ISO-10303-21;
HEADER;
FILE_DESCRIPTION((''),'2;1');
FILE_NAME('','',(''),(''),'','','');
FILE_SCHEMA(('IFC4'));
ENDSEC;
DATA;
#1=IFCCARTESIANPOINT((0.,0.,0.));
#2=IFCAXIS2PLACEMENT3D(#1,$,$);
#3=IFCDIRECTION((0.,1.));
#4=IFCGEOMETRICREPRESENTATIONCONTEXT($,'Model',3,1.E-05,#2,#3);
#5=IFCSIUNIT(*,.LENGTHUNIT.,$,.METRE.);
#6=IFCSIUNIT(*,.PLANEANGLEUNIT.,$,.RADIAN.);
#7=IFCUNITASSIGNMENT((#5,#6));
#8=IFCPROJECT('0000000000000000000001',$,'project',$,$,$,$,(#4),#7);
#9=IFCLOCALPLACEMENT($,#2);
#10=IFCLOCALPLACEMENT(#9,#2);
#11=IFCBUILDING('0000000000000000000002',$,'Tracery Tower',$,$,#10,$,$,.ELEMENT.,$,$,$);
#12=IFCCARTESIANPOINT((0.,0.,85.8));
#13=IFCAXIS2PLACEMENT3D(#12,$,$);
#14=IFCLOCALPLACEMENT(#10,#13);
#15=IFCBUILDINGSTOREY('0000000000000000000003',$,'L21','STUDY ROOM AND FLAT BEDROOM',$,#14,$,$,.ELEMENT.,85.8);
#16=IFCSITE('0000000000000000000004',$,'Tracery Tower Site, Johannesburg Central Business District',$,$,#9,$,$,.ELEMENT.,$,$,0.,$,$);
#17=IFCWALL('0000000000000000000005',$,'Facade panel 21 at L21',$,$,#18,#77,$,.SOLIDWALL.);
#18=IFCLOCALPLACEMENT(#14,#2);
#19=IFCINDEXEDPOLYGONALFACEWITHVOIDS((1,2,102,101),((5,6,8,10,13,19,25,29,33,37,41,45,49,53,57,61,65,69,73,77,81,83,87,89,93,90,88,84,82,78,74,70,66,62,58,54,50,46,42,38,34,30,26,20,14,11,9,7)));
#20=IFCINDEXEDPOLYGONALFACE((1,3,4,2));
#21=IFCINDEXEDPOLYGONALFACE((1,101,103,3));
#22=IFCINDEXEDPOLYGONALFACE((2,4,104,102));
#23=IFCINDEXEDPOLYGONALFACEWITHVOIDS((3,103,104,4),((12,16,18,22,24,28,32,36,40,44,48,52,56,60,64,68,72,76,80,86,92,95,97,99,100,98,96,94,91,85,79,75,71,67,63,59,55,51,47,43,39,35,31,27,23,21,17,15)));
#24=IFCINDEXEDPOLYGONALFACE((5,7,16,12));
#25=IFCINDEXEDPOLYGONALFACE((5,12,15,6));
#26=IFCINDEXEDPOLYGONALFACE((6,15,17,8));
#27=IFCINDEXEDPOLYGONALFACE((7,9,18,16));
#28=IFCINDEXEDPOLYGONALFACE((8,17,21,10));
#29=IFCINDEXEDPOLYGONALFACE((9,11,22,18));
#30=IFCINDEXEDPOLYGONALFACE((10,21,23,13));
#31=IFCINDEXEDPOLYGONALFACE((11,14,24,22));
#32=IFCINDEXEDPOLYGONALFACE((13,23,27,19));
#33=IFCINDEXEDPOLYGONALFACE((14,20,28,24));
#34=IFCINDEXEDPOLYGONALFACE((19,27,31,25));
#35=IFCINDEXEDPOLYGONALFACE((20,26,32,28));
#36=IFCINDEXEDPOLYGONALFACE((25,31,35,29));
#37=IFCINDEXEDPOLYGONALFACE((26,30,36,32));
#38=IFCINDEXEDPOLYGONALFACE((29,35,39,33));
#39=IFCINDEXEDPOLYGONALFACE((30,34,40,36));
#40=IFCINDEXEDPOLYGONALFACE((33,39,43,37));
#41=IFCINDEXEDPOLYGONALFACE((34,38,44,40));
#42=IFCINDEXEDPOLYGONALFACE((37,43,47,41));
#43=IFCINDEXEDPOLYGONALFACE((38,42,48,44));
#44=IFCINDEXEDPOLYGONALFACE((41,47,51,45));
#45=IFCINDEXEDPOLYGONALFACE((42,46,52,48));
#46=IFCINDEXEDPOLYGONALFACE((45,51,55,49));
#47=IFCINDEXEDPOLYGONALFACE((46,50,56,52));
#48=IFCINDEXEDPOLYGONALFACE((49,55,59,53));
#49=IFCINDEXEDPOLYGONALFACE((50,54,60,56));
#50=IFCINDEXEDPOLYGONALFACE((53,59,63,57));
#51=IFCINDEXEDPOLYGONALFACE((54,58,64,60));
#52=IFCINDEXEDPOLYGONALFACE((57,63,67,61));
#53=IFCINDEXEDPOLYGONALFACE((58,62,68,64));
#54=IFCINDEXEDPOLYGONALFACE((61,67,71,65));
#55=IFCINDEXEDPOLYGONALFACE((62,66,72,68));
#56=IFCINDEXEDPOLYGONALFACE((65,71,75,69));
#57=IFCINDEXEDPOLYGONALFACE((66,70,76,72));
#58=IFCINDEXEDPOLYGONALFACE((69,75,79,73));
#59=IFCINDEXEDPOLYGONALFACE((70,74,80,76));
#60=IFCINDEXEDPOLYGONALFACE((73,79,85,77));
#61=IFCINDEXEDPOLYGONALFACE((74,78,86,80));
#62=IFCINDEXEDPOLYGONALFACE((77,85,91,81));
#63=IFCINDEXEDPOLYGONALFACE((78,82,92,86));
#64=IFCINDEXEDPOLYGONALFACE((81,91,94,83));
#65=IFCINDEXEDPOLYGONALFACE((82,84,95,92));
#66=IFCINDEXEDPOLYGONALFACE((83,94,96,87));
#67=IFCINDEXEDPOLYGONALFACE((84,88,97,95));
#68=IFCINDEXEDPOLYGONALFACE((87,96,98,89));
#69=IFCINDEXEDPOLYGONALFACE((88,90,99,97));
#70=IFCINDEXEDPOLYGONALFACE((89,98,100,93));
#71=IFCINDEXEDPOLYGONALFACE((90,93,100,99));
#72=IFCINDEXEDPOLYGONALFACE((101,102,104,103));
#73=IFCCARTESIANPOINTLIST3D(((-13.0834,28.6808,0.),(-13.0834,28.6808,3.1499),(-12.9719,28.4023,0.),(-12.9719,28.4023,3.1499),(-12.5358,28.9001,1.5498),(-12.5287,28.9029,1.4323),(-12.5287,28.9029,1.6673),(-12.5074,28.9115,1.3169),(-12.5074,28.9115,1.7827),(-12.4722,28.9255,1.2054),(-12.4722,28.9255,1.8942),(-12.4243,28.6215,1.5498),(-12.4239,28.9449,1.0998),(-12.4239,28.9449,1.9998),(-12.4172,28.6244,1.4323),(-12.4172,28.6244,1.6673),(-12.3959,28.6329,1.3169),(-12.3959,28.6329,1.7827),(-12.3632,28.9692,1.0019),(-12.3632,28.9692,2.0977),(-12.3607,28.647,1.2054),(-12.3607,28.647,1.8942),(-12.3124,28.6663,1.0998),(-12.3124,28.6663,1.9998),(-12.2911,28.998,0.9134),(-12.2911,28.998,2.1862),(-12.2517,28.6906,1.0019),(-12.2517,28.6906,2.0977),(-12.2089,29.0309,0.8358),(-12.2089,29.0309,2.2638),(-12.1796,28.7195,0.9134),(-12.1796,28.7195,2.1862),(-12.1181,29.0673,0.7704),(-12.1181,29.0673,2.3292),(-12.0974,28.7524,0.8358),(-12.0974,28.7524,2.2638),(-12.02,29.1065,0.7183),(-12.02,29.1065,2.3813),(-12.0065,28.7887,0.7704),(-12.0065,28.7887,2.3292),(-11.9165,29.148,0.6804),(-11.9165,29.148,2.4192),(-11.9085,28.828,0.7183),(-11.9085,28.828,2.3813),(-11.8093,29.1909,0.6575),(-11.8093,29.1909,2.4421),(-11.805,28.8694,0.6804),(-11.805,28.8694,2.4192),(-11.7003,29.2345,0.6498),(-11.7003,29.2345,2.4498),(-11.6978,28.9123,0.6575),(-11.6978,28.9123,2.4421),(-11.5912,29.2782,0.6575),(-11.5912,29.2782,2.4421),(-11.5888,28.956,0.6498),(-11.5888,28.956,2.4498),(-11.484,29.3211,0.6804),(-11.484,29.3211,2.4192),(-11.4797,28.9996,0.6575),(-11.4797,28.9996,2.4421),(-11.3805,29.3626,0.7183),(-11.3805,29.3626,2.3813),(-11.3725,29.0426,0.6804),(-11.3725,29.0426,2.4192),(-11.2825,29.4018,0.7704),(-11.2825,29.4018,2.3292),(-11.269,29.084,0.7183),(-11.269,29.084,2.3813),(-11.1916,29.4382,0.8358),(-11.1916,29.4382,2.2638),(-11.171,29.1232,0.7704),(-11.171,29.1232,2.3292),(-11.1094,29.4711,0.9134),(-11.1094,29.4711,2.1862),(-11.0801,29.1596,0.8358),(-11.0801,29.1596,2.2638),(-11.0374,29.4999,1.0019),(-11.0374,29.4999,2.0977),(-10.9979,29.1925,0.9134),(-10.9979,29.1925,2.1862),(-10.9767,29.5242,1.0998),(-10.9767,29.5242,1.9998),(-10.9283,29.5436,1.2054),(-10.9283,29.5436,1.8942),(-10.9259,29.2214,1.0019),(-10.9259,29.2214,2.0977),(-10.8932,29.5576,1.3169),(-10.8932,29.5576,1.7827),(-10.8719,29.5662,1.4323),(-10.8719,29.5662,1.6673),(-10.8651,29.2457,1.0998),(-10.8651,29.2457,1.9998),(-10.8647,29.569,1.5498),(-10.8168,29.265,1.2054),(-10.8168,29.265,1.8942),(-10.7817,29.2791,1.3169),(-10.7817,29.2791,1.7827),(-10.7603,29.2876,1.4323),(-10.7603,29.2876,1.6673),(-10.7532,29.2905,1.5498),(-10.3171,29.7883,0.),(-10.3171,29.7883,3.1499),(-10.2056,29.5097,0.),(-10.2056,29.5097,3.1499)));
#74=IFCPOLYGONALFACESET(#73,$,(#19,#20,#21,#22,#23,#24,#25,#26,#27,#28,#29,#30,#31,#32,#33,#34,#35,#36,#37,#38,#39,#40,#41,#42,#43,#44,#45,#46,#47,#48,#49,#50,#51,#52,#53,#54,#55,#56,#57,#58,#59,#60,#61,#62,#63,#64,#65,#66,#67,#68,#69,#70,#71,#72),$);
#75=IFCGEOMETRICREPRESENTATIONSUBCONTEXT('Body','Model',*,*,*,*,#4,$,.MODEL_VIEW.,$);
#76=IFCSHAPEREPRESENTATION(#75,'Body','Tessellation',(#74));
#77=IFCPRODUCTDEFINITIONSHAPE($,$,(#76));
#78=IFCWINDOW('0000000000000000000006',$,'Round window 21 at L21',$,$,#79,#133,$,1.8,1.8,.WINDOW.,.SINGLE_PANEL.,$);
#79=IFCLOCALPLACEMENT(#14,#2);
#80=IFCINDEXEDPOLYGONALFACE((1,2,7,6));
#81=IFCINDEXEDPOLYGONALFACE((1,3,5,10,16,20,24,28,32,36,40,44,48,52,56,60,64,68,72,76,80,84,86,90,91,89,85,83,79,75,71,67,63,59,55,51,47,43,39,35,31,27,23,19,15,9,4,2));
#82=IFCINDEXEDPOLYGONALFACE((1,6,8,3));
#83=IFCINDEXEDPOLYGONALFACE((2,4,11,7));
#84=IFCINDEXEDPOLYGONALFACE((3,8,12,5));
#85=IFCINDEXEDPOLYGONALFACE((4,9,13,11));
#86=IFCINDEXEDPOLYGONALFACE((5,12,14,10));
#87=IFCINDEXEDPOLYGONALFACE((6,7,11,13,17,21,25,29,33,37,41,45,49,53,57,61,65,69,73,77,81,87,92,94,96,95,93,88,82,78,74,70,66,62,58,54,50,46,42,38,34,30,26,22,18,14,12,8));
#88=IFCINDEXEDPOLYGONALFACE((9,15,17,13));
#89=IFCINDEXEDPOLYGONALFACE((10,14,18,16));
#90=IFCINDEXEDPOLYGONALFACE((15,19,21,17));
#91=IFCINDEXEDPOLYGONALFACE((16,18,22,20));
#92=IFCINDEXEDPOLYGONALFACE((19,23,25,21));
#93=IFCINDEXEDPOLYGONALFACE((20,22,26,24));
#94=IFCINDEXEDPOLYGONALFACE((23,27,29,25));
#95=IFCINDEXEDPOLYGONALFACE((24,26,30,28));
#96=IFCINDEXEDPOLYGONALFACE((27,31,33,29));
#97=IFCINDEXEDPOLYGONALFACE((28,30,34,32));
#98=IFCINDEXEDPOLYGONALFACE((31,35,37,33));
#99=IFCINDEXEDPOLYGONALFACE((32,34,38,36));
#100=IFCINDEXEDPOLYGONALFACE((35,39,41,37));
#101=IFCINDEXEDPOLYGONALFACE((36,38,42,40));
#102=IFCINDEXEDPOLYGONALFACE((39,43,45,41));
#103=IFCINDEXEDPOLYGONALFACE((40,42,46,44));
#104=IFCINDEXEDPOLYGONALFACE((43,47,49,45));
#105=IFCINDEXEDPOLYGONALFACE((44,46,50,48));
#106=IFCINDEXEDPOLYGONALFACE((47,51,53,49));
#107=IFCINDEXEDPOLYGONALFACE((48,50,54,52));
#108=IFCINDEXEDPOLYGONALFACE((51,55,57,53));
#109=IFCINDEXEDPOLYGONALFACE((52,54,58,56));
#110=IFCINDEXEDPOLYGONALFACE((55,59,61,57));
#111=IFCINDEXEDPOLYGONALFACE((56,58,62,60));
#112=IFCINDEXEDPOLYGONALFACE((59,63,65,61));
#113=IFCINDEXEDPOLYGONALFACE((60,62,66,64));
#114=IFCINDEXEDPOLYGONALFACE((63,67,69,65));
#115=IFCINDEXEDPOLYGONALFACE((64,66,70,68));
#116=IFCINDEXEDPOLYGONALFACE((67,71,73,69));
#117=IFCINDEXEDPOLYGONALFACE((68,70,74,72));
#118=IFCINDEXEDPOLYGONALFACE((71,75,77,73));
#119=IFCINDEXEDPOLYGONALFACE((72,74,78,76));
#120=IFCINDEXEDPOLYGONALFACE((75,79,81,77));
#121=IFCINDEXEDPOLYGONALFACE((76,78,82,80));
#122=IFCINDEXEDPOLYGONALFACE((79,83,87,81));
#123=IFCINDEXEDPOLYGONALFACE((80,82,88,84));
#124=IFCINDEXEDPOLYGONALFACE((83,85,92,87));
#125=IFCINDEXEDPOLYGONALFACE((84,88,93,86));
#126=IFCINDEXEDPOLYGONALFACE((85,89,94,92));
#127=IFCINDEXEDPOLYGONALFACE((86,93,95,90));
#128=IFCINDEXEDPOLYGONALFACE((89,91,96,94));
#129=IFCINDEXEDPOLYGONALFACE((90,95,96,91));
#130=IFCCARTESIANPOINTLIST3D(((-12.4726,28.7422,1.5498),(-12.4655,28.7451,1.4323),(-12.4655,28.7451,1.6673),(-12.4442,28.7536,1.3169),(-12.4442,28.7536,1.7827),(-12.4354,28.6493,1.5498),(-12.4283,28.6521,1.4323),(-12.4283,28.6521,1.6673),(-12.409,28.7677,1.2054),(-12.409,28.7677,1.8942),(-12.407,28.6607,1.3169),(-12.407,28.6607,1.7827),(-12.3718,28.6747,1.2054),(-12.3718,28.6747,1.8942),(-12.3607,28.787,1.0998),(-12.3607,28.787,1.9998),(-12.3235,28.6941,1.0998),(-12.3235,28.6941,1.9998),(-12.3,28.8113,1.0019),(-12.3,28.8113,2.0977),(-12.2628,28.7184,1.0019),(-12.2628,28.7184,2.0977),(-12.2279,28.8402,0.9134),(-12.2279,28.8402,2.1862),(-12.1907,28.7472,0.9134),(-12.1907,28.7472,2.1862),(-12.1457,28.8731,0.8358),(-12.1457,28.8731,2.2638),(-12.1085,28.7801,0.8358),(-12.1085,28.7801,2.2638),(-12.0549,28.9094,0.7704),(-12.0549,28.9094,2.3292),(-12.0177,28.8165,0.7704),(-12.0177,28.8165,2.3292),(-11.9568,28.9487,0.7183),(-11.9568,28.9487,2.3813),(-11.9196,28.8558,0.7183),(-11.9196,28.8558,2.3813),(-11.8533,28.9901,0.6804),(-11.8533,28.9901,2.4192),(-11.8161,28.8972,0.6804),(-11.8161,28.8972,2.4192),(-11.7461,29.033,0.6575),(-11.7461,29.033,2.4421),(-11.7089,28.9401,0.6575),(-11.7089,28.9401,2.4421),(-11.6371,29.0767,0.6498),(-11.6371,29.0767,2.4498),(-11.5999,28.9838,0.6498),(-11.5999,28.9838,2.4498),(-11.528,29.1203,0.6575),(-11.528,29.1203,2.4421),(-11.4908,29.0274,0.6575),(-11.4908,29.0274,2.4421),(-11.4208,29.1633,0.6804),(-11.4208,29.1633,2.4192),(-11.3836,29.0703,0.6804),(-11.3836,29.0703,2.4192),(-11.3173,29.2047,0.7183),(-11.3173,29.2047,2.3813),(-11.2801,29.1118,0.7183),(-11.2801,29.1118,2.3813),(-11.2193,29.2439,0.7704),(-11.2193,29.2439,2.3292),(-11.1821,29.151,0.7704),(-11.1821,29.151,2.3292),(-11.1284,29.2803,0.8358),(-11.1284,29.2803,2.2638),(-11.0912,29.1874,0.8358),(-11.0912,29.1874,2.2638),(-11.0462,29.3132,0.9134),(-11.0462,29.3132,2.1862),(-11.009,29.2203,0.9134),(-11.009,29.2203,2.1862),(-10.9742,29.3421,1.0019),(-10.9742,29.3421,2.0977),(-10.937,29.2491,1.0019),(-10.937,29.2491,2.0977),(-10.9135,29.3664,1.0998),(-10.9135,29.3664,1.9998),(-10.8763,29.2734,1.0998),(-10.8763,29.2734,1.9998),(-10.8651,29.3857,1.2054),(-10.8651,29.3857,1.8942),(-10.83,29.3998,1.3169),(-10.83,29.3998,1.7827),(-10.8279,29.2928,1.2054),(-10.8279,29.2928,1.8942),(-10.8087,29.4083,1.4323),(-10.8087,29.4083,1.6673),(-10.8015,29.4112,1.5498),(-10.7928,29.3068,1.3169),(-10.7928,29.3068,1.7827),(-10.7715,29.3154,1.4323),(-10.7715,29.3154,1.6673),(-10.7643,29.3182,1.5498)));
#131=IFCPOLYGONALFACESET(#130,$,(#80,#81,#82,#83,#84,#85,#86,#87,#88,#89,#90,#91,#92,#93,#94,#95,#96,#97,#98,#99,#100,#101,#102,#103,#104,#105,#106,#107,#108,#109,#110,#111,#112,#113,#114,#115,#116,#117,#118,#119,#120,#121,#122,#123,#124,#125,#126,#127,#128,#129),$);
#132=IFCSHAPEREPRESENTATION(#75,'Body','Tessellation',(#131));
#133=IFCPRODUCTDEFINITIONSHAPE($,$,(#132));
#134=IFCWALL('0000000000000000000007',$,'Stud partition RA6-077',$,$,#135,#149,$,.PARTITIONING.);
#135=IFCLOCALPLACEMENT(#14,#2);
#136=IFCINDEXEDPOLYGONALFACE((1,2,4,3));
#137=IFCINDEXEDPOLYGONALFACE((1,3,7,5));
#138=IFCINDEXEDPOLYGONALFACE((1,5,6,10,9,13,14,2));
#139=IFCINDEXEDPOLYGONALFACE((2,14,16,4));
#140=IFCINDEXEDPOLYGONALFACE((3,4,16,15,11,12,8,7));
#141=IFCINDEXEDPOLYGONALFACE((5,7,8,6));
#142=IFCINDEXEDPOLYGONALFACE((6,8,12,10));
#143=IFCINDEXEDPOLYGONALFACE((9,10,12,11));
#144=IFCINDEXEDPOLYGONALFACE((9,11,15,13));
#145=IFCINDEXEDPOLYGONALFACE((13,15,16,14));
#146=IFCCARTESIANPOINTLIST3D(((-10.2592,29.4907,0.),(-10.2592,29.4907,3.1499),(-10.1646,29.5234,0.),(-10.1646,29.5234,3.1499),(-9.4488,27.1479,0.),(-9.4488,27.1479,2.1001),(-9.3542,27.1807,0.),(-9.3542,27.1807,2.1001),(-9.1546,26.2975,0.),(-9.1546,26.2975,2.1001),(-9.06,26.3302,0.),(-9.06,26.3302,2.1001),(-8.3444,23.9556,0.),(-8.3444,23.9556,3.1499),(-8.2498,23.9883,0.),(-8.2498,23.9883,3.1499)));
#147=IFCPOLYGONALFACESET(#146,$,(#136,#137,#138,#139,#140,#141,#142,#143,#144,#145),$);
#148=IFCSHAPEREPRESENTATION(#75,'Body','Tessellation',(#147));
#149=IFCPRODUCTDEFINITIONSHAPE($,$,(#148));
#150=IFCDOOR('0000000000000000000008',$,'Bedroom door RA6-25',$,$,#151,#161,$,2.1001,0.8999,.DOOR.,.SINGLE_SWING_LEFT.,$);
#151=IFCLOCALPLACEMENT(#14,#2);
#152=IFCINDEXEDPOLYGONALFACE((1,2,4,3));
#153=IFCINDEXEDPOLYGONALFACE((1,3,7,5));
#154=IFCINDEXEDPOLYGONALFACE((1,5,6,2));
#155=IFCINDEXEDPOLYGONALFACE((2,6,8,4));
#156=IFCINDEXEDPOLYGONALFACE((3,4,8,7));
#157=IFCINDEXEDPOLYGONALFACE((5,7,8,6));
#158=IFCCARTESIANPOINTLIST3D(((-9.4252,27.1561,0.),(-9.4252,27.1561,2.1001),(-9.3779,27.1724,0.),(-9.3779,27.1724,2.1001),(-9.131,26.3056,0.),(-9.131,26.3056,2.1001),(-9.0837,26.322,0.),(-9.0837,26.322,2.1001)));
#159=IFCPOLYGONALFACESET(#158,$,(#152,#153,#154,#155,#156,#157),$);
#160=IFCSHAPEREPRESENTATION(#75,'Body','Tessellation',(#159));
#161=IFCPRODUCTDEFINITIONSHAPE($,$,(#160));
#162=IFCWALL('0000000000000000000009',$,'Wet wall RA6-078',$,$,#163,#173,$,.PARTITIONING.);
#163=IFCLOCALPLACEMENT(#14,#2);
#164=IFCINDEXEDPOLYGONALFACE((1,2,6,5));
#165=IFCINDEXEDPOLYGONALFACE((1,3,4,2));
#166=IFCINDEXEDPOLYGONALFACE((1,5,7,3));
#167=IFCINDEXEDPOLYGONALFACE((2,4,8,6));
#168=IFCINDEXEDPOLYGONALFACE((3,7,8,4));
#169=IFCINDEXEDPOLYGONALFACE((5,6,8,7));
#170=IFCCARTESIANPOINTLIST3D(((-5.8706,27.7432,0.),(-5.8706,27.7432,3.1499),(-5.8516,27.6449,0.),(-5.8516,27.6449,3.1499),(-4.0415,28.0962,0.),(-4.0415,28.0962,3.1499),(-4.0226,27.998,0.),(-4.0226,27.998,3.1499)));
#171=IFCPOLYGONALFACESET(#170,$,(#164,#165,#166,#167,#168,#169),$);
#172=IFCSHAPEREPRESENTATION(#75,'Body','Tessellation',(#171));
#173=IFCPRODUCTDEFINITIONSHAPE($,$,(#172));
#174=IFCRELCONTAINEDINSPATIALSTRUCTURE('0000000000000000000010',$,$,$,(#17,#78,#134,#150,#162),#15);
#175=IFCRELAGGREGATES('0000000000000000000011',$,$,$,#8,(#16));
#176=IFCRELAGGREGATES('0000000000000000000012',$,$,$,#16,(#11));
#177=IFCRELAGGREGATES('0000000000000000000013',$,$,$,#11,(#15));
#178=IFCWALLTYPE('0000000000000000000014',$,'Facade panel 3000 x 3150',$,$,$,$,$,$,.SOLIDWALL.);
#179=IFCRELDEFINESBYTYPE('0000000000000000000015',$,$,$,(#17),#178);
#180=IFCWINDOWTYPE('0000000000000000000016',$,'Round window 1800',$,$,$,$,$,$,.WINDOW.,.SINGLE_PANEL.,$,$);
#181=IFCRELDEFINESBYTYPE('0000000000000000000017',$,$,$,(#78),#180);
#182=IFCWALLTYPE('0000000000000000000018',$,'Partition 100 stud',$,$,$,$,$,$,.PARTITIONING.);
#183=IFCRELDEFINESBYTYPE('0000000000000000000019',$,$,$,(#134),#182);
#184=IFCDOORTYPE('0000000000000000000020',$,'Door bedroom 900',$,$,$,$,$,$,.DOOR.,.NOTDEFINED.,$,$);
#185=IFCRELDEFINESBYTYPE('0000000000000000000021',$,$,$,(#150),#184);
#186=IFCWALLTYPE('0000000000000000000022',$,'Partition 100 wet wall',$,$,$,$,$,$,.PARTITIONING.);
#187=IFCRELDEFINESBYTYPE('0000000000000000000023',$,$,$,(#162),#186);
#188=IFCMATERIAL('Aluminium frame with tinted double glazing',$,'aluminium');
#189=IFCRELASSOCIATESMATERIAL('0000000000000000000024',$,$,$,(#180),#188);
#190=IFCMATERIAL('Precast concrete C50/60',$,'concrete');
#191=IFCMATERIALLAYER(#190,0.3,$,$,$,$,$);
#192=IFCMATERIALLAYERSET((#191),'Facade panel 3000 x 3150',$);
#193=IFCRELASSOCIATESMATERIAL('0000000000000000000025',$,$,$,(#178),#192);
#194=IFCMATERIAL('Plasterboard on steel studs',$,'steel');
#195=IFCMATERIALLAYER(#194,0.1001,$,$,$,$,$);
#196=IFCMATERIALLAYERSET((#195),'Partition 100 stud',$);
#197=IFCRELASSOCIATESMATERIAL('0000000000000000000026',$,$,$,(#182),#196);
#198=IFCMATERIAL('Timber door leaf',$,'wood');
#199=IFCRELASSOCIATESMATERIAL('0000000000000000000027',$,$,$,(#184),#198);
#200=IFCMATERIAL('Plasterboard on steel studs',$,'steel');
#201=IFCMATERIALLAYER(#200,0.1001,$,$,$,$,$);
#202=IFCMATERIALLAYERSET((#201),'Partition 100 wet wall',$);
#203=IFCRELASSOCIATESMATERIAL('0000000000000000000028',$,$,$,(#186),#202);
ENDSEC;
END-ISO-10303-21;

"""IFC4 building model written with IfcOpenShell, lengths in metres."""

from ifc_helpers import new_model, si_unit, direction, frame, frame_2d, origin, origin_2d, place, context, subcontext, project, spatial, rectangle, circle, extrude, material, layer, layer_set, type_object, element, fill, save


model = new_model("IFC4")

# Units and contexts
model_context = context("Model", 3, precision=1e-05, world=origin(), true_north=direction((0.0, 1.0)))
body_context = subcontext(model_context, "Body", "Model", "MODEL_VIEW")
ifc_project = project(units=[si_unit("LENGTHUNIT", "METRE"), si_unit("PLANEANGLEUNIT", "RADIAN")], contexts=[model_context])

# Site, building, storey
site_placement = place(None, origin())
site = spatial("IfcSite", under=ifc_project, at=site_placement, Name="Tracery Tower Site, Johannesburg Central Business District", CompositionType="ELEMENT", RefElevation=0.0)
building_placement = place(site_placement, origin())
building = spatial("IfcBuilding", under=site, at=building_placement, Name="Tracery Tower", CompositionType="ELEMENT")
storey_placement = place(building_placement, frame((0.0, 0.0, 85.8)))
storey = spatial("IfcBuildingStorey", under=building, at=storey_placement, Name="L21", Description="STUDY ROOM AND FLAT BEDROOM", CompositionType="ELEMENT", Elevation=85.8)

# Wall, opening, window
ifc_material_1 = material(Name="Aluminium frame with tinted double glazing", Category="aluminium")
window_type = type_object("IfcWindowType", Name="Round window 1800", PartitioningType="SINGLE_PANEL", PredefinedType="WINDOW", material=ifc_material_1)
ifc_material_2 = material(Name="Precast concrete C50/60", Category="concrete")
ifc_layer_1 = layer(ifc_material_2, 0.3)
ifc_layer_set_1 = layer_set([ifc_layer_1], Name="Facade panel 3000 x 3150")
wall_type_1 = type_object("IfcWallType", Name="Facade panel 3000 x 3150", PredefinedType="SOLIDWALL", material=ifc_layer_set_1)
wall_1_placement = place(storey_placement, frame((-10.2615, 29.6489, 0.0), z_axis=(0.0, 0.0, 1.0), x_axis=(-0.928375, -0.371645, 0.0)))
wall_1 = element("IfcWall", 1, at=wall_1_placement, inside=storey, type_object=wall_type_1, Name="Facade panel 21 at L21", PredefinedType="SOLIDWALL", context=body_context, shape_type="SweptSolid", body=[
    extrude(rectangle(XDim=2.9797, YDim=0.3, at=frame_2d((1.4897, 0.0))), origin(), (0.0, 0.0, 1.0), 3.1499),
])
opening_1_placement = place(wall_1_placement, frame((1.4897, 0.0, 1.5498)))
opening_1 = element("IfcOpeningElement", 2, at=opening_1_placement, cuts=wall_1, PredefinedType="OPENING", context=body_context, shape_type="SweptSolid", body=[
    extrude(circle(Radius=0.9, at=origin_2d()), frame((0.0, 0.1599, 0.0), z_axis=(0.0, -1.0, 0.0), x_axis=(1.0, 0.0, 0.0)), (0.0, 0.0, 1.0), 0.3201),
])
window_1_placement = place(opening_1_placement, origin())
window_1 = element("IfcWindow", 3, at=window_1_placement, inside=storey, type_object=window_type, Name="Round window 21 at L21", OverallHeight=1.8, OverallWidth=1.8, PartitioningType="SINGLE_PANEL", PredefinedType="WINDOW", context=body_context, shape_type="SweptSolid", body=[
    extrude(circle(Radius=0.9, at=origin_2d()), frame((0.0, 0.1201, 0.0), z_axis=(0.0, -1.0, 0.0), x_axis=(1.0, 0.0, 0.0)), (0.0, 0.0, 1.0), 0.1001),
])
fill(opening_1, window_1)

# Wall, opening, door
ifc_material_3 = material(Name="Plasterboard on steel studs", Category="steel")
ifc_layer_2 = layer(ifc_material_3, 0.1001)
ifc_layer_set_2 = layer_set([ifc_layer_2], Name="Partition 100 stud")
wall_type_2 = type_object("IfcWallType", Name="Partition 100 stud", PredefinedType="PARTITIONING", material=ifc_layer_set_2)
wall_2_placement = place(storey_placement, frame((-10.2119, 29.5071, 0.0), z_axis=(0.0, 0.0, 1.0), x_axis=(0.326924, -0.94505, 0.0)))
wall_2 = element("IfcWall", 4, at=wall_2_placement, inside=storey, type_object=wall_type_2, Name="Stud partition RA6-077", PredefinedType="PARTITIONING", context=body_context, shape_type="SweptSolid", body=[
    extrude(rectangle(XDim=5.8569, YDim=0.1001, at=frame_2d((2.9285, 0.0))), origin(), (0.0, 0.0, 1.0), 3.1499),
])
opening_2_placement = place(wall_2_placement, frame((2.479, 0.0, 0.0)))
opening_2 = element("IfcOpeningElement", 5, at=opening_2_placement, cuts=wall_2, PredefinedType="OPENING", context=body_context, shape_type="SweptSolid", body=[
    extrude(rectangle(XDim=0.8999, YDim=2.1001, at=frame_2d((0.45, 1.05))), frame((0.0, 0.05, 0.0), z_axis=(0.0, -1.0, 0.0), x_axis=(1.0, 0.0, 0.0)), (0.0, 0.0, 1.0), 0.1001),
])
ifc_material_4 = material(Name="Timber door leaf", Category="wood")
door_type_1 = type_object("IfcDoorType", Name="Door bedroom 900", OperationType="NOTDEFINED", PredefinedType="DOOR", material=ifc_material_4)
door_1_placement = place(opening_2_placement, origin())
door_1 = element("IfcDoor", 6, at=door_1_placement, inside=storey, type_object=door_type_1, Name="Bedroom door RA6-25", OperationType="SINGLE_SWING_LEFT", OverallHeight=2.1001, OverallWidth=0.8999, PredefinedType="DOOR", context=body_context, shape_type="SweptSolid", body=[
    extrude(rectangle(XDim=0.8999, YDim=2.1001, at=frame_2d((0.45, 1.05))), frame((0.0, 0.0249, 0.0), z_axis=(0.0, -1.0, 0.0), x_axis=(1.0, 0.0, 0.0)), (0.0, 0.0, 1.0), 0.05),
])
fill(opening_2, door_1)

# Wall
ifc_material_5 = material(Name="Plasterboard on steel studs", Category="steel")
ifc_layer_3 = layer(ifc_material_5, 0.1001)
ifc_layer_set_3 = layer_set([ifc_layer_3], Name="Partition 100 wet wall")
wall_type_3 = type_object("IfcWallType", Name="Partition 100 wet wall", PredefinedType="PARTITIONING", material=ifc_layer_set_3)
wall_3_placement = place(storey_placement, frame((-5.8611, 27.6941, 0.0), z_axis=(0.0, 0.0, 1.0), x_axis=(0.981879, 0.189508, 0.0)))
element("IfcWall", 7, at=wall_3_placement, inside=storey, type_object=wall_type_3, Name="Wet wall RA6-078", PredefinedType="PARTITIONING", context=body_context, shape_type="SweptSolid", body=[
    extrude(rectangle(XDim=1.8628, YDim=0.1001, at=frame_2d((0.9314, 0.0))), origin(), (0.0, 0.0, 1.0), 3.1499),
])

save(model, "model.ifc")
